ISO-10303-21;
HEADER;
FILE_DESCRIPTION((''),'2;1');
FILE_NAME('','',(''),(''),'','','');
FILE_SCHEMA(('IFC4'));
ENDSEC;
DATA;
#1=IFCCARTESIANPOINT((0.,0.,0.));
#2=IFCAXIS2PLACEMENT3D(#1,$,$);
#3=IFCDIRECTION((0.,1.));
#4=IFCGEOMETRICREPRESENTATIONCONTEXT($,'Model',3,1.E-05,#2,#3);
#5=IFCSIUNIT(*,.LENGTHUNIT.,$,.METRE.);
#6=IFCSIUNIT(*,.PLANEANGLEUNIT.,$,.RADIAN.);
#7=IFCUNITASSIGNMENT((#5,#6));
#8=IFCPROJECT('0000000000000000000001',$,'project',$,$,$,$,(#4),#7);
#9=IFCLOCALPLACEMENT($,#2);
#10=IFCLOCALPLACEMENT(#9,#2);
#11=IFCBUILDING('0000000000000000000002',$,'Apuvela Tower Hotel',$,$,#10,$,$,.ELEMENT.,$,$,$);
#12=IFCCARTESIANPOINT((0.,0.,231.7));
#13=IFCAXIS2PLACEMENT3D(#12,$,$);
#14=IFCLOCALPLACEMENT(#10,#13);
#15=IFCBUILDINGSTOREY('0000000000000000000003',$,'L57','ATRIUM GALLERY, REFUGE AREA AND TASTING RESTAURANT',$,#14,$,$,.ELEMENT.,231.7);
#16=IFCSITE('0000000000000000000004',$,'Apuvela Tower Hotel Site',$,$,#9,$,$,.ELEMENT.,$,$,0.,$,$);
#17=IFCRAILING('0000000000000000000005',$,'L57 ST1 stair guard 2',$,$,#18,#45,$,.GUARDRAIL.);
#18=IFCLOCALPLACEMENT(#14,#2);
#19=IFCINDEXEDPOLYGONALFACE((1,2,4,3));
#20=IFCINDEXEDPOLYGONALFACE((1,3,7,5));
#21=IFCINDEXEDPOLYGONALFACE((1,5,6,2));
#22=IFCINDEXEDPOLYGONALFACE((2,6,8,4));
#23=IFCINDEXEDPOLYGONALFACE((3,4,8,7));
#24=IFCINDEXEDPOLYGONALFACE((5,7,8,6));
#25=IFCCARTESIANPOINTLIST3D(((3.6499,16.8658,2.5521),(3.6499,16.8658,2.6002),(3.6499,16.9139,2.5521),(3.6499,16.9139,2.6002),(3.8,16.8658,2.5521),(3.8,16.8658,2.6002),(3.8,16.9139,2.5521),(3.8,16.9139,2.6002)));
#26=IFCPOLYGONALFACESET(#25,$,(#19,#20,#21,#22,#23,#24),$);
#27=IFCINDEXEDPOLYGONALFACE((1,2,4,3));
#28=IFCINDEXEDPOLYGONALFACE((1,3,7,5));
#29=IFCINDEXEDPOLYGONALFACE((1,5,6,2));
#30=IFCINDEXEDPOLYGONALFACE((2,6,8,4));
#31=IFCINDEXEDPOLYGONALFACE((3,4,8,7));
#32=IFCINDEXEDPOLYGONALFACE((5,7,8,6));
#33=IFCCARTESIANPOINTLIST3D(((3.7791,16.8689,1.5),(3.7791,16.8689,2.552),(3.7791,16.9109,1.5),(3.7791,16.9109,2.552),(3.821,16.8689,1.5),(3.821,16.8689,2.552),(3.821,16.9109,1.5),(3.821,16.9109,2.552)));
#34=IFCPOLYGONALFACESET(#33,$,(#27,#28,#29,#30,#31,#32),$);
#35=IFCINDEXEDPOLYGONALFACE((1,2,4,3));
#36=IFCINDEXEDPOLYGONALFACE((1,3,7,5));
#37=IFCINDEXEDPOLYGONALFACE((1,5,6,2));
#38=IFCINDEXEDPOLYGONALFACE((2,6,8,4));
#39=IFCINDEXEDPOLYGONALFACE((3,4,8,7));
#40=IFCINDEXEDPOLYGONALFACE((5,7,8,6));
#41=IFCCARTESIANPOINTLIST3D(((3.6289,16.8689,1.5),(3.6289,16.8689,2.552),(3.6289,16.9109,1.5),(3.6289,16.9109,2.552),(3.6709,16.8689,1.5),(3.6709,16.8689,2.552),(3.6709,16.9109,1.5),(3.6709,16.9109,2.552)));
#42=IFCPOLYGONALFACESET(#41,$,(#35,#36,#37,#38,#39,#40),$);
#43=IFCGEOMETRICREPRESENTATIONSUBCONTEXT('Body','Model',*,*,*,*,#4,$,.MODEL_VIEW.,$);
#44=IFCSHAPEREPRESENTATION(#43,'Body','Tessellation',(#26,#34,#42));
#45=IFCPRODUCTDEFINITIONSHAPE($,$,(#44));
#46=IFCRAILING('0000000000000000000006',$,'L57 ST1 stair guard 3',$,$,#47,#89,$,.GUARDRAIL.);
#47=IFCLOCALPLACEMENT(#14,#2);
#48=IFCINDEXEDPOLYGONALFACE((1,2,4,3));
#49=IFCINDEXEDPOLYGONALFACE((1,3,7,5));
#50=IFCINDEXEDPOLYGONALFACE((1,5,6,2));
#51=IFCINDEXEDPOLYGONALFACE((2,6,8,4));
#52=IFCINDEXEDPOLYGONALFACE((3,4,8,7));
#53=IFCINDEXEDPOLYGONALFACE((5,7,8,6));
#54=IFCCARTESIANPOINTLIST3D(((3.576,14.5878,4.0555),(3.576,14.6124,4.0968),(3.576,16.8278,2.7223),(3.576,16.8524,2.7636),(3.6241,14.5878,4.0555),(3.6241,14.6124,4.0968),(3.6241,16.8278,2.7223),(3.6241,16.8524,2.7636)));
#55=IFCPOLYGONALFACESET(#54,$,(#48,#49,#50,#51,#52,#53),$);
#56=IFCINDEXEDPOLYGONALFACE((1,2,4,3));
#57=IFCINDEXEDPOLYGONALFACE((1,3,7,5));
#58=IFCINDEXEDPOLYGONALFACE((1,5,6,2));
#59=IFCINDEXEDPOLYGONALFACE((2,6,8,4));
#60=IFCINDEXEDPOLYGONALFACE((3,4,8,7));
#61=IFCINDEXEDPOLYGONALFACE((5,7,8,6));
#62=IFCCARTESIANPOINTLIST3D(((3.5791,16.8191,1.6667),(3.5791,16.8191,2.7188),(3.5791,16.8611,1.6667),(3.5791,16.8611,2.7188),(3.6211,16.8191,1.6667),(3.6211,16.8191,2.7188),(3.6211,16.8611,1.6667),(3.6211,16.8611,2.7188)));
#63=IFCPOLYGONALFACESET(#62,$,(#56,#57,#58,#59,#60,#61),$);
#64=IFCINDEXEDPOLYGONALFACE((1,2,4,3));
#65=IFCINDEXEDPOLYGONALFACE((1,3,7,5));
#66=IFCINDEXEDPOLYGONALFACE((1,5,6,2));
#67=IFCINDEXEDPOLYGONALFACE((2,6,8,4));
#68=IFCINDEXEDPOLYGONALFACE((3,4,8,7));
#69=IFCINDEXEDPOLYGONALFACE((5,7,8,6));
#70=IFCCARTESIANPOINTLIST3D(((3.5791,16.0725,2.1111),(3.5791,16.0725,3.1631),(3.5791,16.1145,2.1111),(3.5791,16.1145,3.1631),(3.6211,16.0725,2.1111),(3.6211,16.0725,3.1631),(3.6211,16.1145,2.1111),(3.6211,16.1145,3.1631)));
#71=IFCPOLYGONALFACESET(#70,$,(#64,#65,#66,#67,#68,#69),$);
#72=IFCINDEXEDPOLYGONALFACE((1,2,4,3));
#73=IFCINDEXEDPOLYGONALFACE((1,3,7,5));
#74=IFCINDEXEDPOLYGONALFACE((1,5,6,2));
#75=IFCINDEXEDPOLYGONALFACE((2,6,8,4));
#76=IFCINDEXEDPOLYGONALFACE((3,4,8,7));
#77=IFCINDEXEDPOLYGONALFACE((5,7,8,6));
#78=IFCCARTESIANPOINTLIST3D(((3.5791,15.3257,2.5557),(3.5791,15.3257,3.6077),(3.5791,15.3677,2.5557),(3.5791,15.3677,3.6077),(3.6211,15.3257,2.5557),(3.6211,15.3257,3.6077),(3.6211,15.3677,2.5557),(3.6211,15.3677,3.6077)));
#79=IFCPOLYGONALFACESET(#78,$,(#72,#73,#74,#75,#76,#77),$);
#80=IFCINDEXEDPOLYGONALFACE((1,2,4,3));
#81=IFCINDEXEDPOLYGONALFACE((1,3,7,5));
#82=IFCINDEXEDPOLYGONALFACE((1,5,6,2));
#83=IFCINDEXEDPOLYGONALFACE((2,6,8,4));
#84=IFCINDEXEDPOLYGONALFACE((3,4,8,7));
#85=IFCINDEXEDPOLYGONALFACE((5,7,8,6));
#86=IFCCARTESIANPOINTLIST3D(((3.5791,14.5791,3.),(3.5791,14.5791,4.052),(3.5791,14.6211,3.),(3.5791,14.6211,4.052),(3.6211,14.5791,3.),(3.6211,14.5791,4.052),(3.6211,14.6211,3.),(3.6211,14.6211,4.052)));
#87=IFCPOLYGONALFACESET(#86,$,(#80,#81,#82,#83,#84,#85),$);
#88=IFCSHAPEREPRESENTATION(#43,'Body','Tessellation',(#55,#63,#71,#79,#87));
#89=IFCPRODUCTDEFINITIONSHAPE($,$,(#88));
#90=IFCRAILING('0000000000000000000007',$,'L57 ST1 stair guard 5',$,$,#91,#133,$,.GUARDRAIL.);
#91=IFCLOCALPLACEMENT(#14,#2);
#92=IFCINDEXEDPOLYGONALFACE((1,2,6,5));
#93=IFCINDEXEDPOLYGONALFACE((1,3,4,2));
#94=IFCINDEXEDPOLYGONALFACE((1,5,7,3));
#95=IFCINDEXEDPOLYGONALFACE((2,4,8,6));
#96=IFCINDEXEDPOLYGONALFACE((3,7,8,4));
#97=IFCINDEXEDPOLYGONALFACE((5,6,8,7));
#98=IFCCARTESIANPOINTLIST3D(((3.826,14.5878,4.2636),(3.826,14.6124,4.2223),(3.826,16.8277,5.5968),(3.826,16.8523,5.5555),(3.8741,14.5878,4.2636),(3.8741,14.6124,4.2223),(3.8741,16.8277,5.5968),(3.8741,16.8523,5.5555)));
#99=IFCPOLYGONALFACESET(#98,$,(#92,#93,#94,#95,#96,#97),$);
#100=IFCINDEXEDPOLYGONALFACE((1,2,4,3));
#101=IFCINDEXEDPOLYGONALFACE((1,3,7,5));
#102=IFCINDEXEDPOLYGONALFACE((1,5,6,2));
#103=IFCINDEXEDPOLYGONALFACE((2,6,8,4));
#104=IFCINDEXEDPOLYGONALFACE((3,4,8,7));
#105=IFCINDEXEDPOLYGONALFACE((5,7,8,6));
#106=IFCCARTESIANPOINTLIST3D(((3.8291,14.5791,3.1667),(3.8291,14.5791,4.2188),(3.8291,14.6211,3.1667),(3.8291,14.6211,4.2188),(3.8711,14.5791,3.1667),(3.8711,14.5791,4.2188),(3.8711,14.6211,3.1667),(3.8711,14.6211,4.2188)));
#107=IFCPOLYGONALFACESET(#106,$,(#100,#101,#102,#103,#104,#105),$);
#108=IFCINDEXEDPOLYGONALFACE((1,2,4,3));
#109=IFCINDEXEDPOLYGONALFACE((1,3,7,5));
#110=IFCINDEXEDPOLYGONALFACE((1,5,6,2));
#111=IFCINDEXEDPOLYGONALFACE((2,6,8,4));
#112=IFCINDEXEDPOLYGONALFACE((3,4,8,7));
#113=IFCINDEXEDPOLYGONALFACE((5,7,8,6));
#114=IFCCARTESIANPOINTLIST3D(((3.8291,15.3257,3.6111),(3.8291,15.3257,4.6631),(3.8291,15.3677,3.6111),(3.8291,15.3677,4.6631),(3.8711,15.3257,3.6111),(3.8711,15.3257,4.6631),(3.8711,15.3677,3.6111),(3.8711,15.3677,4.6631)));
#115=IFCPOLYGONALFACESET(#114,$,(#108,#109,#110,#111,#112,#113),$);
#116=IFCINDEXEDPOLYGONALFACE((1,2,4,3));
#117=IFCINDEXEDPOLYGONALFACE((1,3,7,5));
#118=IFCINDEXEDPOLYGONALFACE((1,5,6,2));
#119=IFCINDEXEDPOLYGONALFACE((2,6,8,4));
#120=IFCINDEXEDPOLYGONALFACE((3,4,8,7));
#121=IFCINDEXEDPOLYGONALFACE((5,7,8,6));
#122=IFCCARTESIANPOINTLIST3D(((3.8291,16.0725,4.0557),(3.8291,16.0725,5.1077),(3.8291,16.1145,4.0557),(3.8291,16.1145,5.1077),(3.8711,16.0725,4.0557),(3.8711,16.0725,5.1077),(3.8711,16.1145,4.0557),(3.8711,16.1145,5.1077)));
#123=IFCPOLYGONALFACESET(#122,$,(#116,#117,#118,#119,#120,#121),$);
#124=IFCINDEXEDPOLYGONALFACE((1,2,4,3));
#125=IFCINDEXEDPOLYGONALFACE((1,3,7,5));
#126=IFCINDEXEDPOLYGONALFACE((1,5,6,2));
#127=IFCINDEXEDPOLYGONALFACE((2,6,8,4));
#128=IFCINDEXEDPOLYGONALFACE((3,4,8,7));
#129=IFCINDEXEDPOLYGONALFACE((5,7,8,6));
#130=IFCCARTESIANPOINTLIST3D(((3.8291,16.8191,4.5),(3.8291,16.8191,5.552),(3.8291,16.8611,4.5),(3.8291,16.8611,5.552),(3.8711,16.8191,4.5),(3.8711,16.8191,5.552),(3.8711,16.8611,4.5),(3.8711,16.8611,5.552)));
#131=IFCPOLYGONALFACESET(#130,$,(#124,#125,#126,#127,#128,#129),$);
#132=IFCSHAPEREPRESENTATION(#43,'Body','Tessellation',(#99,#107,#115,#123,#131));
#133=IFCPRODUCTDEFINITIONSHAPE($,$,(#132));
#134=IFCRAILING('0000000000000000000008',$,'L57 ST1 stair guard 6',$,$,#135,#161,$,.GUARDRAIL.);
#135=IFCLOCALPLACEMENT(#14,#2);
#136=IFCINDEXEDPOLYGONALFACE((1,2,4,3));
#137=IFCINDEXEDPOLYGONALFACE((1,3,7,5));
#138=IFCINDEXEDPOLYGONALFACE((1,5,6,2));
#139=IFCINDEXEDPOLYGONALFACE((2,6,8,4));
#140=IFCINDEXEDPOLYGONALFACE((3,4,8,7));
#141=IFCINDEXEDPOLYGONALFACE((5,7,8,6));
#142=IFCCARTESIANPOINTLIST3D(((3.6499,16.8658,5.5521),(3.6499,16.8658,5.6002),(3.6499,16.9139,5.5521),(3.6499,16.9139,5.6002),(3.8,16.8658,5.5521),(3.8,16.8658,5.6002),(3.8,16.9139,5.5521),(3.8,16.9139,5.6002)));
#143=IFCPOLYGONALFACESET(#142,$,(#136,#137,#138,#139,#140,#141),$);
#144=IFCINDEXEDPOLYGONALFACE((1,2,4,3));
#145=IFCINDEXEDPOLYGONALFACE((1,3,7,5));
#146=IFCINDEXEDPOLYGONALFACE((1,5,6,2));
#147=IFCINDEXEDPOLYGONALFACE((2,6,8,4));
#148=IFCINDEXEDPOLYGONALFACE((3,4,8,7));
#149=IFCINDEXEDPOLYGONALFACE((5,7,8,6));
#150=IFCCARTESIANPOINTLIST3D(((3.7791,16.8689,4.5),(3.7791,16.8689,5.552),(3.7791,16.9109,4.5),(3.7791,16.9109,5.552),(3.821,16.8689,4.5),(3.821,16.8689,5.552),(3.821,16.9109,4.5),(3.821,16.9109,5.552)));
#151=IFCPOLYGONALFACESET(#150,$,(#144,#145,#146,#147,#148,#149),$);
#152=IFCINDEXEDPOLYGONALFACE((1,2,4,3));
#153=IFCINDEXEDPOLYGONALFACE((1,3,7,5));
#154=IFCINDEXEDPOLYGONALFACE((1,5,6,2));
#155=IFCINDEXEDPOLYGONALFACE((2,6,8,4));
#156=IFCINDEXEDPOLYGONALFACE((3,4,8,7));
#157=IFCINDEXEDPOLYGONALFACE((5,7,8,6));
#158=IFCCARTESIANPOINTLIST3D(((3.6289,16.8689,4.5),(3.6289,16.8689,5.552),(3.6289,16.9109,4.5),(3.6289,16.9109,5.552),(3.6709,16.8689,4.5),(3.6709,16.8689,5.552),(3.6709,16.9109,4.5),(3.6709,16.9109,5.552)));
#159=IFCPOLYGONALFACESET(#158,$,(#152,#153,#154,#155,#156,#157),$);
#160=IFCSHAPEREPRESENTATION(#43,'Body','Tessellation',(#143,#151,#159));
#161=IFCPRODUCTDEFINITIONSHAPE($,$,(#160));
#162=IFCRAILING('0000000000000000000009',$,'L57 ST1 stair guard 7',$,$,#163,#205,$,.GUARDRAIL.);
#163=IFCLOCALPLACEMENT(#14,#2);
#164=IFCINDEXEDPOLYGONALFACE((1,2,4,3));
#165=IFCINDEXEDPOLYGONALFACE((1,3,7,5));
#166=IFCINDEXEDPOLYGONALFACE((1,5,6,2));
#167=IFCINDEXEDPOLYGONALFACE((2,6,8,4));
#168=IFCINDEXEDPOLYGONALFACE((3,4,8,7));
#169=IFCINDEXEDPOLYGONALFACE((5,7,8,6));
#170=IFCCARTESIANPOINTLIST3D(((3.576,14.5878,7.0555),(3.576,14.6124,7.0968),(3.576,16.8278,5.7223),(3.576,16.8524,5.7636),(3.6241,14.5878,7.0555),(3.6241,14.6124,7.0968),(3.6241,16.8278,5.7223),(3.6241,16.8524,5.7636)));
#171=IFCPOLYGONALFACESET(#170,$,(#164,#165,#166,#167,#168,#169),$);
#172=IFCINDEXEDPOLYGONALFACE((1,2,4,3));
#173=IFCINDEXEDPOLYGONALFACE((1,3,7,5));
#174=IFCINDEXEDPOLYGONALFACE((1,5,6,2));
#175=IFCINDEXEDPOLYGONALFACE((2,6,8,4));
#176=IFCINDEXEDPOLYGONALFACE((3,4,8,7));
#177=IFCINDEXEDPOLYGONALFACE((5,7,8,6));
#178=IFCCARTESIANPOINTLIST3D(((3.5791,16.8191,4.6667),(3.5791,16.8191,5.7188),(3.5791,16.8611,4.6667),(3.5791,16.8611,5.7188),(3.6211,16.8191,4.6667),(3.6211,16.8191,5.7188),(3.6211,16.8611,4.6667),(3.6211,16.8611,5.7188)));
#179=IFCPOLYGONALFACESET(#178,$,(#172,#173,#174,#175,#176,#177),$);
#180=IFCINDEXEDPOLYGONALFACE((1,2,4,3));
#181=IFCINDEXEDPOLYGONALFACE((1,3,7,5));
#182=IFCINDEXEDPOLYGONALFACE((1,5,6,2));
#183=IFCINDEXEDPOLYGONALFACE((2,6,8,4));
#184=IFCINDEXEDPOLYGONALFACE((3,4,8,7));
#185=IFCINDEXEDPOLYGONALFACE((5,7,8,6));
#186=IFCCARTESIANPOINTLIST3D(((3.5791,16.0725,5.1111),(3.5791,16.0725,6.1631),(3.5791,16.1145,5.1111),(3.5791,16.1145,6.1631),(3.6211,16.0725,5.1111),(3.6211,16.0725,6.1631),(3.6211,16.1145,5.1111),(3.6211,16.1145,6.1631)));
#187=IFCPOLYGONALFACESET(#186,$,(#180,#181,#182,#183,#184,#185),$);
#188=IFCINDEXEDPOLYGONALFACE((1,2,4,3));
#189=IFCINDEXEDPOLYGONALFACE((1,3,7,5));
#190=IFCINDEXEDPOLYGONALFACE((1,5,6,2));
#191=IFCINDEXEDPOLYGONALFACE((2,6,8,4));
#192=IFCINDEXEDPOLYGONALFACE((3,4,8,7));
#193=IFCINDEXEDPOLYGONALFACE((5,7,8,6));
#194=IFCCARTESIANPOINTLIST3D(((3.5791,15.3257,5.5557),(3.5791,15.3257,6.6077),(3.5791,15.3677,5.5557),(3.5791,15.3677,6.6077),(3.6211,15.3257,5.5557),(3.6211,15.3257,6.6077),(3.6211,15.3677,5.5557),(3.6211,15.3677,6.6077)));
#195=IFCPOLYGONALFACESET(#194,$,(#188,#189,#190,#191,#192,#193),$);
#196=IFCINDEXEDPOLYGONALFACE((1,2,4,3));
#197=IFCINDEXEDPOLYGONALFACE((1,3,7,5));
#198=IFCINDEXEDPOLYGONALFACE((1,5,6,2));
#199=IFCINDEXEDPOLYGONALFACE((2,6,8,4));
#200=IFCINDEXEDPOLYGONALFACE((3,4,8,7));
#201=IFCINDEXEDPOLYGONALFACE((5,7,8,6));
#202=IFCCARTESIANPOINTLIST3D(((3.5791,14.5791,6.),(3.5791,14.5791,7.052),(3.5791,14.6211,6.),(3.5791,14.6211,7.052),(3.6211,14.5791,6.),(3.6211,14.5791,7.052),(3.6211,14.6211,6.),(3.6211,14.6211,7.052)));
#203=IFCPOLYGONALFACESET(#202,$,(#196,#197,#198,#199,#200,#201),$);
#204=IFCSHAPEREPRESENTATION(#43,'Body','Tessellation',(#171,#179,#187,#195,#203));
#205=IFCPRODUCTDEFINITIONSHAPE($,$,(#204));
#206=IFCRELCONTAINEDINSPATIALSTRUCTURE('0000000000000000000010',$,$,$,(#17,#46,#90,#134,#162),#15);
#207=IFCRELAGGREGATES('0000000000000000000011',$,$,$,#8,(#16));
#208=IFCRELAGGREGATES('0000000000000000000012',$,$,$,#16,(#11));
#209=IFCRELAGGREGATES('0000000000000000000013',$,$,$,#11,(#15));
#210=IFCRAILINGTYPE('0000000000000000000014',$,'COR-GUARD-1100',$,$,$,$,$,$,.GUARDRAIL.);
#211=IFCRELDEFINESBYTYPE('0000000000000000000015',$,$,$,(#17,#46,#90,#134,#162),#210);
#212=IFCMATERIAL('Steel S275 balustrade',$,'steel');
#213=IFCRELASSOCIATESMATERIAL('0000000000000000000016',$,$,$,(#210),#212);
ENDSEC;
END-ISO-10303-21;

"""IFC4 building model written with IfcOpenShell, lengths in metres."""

from ifc_helpers import new_model, si_unit, direction, frame, origin, origin_2d, place, context, subcontext, project, spatial, rectangle, extrude, material, type_object, element, save


model = new_model("IFC4")

# Units and contexts
model_context = context("Model", 3, precision=1e-05, world=origin(), true_north=direction((0.0, 1.0)))
body_context = subcontext(model_context, "Body", "Model", "MODEL_VIEW")
ifc_project = project(units=[si_unit("LENGTHUNIT", "METRE"), si_unit("PLANEANGLEUNIT", "RADIAN")], contexts=[model_context])

# Site, building, storey
site_placement = place(None, origin())
site = spatial("IfcSite", under=ifc_project, at=site_placement, Name="Apuvela Tower Hotel Site", CompositionType="ELEMENT", RefElevation=0.0)
building_placement = place(site_placement, origin())
building = spatial("IfcBuilding", under=site, at=building_placement, Name="Apuvela Tower Hotel", CompositionType="ELEMENT")
storey_placement = place(building_placement, frame((0.0, 0.0, 231.7)))
storey = spatial("IfcBuildingStorey", under=building, at=storey_placement, Name="L57", Description="ATRIUM GALLERY, REFUGE AREA AND TASTING RESTAURANT", CompositionType="ELEMENT", Elevation=231.7)

# Railings
ifc_material_1 = material(Name="Steel S275 balustrade", Category="steel")
railing_type_1 = type_object("IfcRailingType", Name="COR-GUARD-1100", PredefinedType="GUARDRAIL", material=ifc_material_1)
railing_1_placement = place(storey_placement, frame((3.8, 16.8899, 1.5)))
element("IfcRailing", 1, at=railing_1_placement, inside=storey, type_object=railing_type_1, Name="L57 ST1 stair guard 2", PredefinedType="GUARDRAIL", context=body_context, shape_type="SweptSolid", body=[
    extrude(rectangle(XDim=0.0481, YDim=0.0481, at=origin_2d()), frame((0.0, 0.0, 1.0762), z_axis=(-1.0, 0.0, 0.0), x_axis=(0.0, -1.0, 0.0)), (0.0, 0.0, 1.0), 0.1501),
    extrude(rectangle(XDim=0.042, YDim=0.042, at=origin_2d()), origin(), (0.0, 0.0, 1.0), 1.052),
    extrude(rectangle(XDim=0.042, YDim=0.042, at=origin_2d()), frame((-0.1501, 0.0, 0.0)), (0.0, 0.0, 1.0), 1.052),
])
railing_2_placement = place(storey_placement, frame((3.6001, 16.8401, 1.6667)))
element("IfcRailing", 2, at=railing_2_placement, inside=storey, type_object=railing_type_1, Name="L57 ST1 stair guard 3", PredefinedType="GUARDRAIL", context=body_context, shape_type="SweptSolid", body=[
    extrude(rectangle(XDim=0.0481, YDim=0.0481, at=origin_2d()), frame((0.0, 0.0, 1.0762), z_axis=(0.0, -0.859306, 0.511462), x_axis=(1.0, 0.0, 0.0)), (0.0, 0.0, 1.0), 2.6067),
    extrude(rectangle(XDim=0.042, YDim=0.042, at=origin_2d()), origin(), (0.0, 0.0, 1.0), 1.052),
    extrude(rectangle(XDim=0.042, YDim=0.042, at=origin_2d()), frame((0.0, -0.7466, 0.4443)), (0.0, 0.0, 1.0), 1.052),
    extrude(rectangle(XDim=0.042, YDim=0.042, at=origin_2d()), frame((0.0, -1.4934, 0.8889)), (0.0, 0.0, 1.0), 1.052),
    extrude(rectangle(XDim=0.042, YDim=0.042, at=origin_2d()), frame((0.0, -2.24, 1.3333)), (0.0, 0.0, 1.0), 1.052),
])
railing_3_placement = place(storey_placement, frame((3.8501, 14.6001, 3.1667)))
element("IfcRailing", 3, at=railing_3_placement, inside=storey, type_object=railing_type_1, Name="L57 ST1 stair guard 5", PredefinedType="GUARDRAIL", context=body_context, shape_type="SweptSolid", body=[
    extrude(rectangle(XDim=0.0481, YDim=0.0481, at=origin_2d()), frame((0.0, 0.0, 1.0762), z_axis=(0.0, 0.859306, 0.511462), x_axis=(-1.0, 0.0, 0.0)), (0.0, 0.0, 1.0), 2.6067),
    extrude(rectangle(XDim=0.042, YDim=0.042, at=origin_2d()), origin(), (0.0, 0.0, 1.0), 1.052),
    extrude(rectangle(XDim=0.042, YDim=0.042, at=origin_2d()), frame((0.0, 0.7466, 0.4443)), (0.0, 0.0, 1.0), 1.052),
    extrude(rectangle(XDim=0.042, YDim=0.042, at=origin_2d()), frame((0.0, 1.4934, 0.8889)), (0.0, 0.0, 1.0), 1.052),
    extrude(rectangle(XDim=0.042, YDim=0.042, at=origin_2d()), frame((0.0, 2.24, 1.3333)), (0.0, 0.0, 1.0), 1.052),
])
railing_4_placement = place(storey_placement, frame((3.8, 16.8899, 4.5)))
element("IfcRailing", 4, at=railing_4_placement, inside=storey, type_object=railing_type_1, Name="L57 ST1 stair guard 6", PredefinedType="GUARDRAIL", context=body_context, shape_type="SweptSolid", body=[
    extrude(rectangle(XDim=0.0481, YDim=0.0481, at=origin_2d()), frame((0.0, 0.0, 1.0762), z_axis=(-1.0, 0.0, 0.0), x_axis=(0.0, -1.0, 0.0)), (0.0, 0.0, 1.0), 0.1501),
    extrude(rectangle(XDim=0.042, YDim=0.042, at=origin_2d()), origin(), (0.0, 0.0, 1.0), 1.052),
    extrude(rectangle(XDim=0.042, YDim=0.042, at=origin_2d()), frame((-0.1501, 0.0, 0.0)), (0.0, 0.0, 1.0), 1.052),
])
railing_5_placement = place(storey_placement, frame((3.6001, 16.8401, 4.6667)))
element("IfcRailing", 5, at=railing_5_placement, inside=storey, type_object=railing_type_1, Name="L57 ST1 stair guard 7", PredefinedType="GUARDRAIL", context=body_context, shape_type="SweptSolid", body=[
    extrude(rectangle(XDim=0.0481, YDim=0.0481, at=origin_2d()), frame((0.0, 0.0, 1.0762), z_axis=(0.0, -0.859306, 0.511462), x_axis=(1.0, 0.0, 0.0)), (0.0, 0.0, 1.0), 2.6067),
    extrude(rectangle(XDim=0.042, YDim=0.042, at=origin_2d()), origin(), (0.0, 0.0, 1.0), 1.052),
    extrude(rectangle(XDim=0.042, YDim=0.042, at=origin_2d()), frame((0.0, -0.7466, 0.4443)), (0.0, 0.0, 1.0), 1.052),
    extrude(rectangle(XDim=0.042, YDim=0.042, at=origin_2d()), frame((0.0, -1.4934, 0.8889)), (0.0, 0.0, 1.0), 1.052),
    extrude(rectangle(XDim=0.042, YDim=0.042, at=origin_2d()), frame((0.0, -2.24, 1.3333)), (0.0, 0.0, 1.0), 1.052),
])

save(model, "model.ifc")
